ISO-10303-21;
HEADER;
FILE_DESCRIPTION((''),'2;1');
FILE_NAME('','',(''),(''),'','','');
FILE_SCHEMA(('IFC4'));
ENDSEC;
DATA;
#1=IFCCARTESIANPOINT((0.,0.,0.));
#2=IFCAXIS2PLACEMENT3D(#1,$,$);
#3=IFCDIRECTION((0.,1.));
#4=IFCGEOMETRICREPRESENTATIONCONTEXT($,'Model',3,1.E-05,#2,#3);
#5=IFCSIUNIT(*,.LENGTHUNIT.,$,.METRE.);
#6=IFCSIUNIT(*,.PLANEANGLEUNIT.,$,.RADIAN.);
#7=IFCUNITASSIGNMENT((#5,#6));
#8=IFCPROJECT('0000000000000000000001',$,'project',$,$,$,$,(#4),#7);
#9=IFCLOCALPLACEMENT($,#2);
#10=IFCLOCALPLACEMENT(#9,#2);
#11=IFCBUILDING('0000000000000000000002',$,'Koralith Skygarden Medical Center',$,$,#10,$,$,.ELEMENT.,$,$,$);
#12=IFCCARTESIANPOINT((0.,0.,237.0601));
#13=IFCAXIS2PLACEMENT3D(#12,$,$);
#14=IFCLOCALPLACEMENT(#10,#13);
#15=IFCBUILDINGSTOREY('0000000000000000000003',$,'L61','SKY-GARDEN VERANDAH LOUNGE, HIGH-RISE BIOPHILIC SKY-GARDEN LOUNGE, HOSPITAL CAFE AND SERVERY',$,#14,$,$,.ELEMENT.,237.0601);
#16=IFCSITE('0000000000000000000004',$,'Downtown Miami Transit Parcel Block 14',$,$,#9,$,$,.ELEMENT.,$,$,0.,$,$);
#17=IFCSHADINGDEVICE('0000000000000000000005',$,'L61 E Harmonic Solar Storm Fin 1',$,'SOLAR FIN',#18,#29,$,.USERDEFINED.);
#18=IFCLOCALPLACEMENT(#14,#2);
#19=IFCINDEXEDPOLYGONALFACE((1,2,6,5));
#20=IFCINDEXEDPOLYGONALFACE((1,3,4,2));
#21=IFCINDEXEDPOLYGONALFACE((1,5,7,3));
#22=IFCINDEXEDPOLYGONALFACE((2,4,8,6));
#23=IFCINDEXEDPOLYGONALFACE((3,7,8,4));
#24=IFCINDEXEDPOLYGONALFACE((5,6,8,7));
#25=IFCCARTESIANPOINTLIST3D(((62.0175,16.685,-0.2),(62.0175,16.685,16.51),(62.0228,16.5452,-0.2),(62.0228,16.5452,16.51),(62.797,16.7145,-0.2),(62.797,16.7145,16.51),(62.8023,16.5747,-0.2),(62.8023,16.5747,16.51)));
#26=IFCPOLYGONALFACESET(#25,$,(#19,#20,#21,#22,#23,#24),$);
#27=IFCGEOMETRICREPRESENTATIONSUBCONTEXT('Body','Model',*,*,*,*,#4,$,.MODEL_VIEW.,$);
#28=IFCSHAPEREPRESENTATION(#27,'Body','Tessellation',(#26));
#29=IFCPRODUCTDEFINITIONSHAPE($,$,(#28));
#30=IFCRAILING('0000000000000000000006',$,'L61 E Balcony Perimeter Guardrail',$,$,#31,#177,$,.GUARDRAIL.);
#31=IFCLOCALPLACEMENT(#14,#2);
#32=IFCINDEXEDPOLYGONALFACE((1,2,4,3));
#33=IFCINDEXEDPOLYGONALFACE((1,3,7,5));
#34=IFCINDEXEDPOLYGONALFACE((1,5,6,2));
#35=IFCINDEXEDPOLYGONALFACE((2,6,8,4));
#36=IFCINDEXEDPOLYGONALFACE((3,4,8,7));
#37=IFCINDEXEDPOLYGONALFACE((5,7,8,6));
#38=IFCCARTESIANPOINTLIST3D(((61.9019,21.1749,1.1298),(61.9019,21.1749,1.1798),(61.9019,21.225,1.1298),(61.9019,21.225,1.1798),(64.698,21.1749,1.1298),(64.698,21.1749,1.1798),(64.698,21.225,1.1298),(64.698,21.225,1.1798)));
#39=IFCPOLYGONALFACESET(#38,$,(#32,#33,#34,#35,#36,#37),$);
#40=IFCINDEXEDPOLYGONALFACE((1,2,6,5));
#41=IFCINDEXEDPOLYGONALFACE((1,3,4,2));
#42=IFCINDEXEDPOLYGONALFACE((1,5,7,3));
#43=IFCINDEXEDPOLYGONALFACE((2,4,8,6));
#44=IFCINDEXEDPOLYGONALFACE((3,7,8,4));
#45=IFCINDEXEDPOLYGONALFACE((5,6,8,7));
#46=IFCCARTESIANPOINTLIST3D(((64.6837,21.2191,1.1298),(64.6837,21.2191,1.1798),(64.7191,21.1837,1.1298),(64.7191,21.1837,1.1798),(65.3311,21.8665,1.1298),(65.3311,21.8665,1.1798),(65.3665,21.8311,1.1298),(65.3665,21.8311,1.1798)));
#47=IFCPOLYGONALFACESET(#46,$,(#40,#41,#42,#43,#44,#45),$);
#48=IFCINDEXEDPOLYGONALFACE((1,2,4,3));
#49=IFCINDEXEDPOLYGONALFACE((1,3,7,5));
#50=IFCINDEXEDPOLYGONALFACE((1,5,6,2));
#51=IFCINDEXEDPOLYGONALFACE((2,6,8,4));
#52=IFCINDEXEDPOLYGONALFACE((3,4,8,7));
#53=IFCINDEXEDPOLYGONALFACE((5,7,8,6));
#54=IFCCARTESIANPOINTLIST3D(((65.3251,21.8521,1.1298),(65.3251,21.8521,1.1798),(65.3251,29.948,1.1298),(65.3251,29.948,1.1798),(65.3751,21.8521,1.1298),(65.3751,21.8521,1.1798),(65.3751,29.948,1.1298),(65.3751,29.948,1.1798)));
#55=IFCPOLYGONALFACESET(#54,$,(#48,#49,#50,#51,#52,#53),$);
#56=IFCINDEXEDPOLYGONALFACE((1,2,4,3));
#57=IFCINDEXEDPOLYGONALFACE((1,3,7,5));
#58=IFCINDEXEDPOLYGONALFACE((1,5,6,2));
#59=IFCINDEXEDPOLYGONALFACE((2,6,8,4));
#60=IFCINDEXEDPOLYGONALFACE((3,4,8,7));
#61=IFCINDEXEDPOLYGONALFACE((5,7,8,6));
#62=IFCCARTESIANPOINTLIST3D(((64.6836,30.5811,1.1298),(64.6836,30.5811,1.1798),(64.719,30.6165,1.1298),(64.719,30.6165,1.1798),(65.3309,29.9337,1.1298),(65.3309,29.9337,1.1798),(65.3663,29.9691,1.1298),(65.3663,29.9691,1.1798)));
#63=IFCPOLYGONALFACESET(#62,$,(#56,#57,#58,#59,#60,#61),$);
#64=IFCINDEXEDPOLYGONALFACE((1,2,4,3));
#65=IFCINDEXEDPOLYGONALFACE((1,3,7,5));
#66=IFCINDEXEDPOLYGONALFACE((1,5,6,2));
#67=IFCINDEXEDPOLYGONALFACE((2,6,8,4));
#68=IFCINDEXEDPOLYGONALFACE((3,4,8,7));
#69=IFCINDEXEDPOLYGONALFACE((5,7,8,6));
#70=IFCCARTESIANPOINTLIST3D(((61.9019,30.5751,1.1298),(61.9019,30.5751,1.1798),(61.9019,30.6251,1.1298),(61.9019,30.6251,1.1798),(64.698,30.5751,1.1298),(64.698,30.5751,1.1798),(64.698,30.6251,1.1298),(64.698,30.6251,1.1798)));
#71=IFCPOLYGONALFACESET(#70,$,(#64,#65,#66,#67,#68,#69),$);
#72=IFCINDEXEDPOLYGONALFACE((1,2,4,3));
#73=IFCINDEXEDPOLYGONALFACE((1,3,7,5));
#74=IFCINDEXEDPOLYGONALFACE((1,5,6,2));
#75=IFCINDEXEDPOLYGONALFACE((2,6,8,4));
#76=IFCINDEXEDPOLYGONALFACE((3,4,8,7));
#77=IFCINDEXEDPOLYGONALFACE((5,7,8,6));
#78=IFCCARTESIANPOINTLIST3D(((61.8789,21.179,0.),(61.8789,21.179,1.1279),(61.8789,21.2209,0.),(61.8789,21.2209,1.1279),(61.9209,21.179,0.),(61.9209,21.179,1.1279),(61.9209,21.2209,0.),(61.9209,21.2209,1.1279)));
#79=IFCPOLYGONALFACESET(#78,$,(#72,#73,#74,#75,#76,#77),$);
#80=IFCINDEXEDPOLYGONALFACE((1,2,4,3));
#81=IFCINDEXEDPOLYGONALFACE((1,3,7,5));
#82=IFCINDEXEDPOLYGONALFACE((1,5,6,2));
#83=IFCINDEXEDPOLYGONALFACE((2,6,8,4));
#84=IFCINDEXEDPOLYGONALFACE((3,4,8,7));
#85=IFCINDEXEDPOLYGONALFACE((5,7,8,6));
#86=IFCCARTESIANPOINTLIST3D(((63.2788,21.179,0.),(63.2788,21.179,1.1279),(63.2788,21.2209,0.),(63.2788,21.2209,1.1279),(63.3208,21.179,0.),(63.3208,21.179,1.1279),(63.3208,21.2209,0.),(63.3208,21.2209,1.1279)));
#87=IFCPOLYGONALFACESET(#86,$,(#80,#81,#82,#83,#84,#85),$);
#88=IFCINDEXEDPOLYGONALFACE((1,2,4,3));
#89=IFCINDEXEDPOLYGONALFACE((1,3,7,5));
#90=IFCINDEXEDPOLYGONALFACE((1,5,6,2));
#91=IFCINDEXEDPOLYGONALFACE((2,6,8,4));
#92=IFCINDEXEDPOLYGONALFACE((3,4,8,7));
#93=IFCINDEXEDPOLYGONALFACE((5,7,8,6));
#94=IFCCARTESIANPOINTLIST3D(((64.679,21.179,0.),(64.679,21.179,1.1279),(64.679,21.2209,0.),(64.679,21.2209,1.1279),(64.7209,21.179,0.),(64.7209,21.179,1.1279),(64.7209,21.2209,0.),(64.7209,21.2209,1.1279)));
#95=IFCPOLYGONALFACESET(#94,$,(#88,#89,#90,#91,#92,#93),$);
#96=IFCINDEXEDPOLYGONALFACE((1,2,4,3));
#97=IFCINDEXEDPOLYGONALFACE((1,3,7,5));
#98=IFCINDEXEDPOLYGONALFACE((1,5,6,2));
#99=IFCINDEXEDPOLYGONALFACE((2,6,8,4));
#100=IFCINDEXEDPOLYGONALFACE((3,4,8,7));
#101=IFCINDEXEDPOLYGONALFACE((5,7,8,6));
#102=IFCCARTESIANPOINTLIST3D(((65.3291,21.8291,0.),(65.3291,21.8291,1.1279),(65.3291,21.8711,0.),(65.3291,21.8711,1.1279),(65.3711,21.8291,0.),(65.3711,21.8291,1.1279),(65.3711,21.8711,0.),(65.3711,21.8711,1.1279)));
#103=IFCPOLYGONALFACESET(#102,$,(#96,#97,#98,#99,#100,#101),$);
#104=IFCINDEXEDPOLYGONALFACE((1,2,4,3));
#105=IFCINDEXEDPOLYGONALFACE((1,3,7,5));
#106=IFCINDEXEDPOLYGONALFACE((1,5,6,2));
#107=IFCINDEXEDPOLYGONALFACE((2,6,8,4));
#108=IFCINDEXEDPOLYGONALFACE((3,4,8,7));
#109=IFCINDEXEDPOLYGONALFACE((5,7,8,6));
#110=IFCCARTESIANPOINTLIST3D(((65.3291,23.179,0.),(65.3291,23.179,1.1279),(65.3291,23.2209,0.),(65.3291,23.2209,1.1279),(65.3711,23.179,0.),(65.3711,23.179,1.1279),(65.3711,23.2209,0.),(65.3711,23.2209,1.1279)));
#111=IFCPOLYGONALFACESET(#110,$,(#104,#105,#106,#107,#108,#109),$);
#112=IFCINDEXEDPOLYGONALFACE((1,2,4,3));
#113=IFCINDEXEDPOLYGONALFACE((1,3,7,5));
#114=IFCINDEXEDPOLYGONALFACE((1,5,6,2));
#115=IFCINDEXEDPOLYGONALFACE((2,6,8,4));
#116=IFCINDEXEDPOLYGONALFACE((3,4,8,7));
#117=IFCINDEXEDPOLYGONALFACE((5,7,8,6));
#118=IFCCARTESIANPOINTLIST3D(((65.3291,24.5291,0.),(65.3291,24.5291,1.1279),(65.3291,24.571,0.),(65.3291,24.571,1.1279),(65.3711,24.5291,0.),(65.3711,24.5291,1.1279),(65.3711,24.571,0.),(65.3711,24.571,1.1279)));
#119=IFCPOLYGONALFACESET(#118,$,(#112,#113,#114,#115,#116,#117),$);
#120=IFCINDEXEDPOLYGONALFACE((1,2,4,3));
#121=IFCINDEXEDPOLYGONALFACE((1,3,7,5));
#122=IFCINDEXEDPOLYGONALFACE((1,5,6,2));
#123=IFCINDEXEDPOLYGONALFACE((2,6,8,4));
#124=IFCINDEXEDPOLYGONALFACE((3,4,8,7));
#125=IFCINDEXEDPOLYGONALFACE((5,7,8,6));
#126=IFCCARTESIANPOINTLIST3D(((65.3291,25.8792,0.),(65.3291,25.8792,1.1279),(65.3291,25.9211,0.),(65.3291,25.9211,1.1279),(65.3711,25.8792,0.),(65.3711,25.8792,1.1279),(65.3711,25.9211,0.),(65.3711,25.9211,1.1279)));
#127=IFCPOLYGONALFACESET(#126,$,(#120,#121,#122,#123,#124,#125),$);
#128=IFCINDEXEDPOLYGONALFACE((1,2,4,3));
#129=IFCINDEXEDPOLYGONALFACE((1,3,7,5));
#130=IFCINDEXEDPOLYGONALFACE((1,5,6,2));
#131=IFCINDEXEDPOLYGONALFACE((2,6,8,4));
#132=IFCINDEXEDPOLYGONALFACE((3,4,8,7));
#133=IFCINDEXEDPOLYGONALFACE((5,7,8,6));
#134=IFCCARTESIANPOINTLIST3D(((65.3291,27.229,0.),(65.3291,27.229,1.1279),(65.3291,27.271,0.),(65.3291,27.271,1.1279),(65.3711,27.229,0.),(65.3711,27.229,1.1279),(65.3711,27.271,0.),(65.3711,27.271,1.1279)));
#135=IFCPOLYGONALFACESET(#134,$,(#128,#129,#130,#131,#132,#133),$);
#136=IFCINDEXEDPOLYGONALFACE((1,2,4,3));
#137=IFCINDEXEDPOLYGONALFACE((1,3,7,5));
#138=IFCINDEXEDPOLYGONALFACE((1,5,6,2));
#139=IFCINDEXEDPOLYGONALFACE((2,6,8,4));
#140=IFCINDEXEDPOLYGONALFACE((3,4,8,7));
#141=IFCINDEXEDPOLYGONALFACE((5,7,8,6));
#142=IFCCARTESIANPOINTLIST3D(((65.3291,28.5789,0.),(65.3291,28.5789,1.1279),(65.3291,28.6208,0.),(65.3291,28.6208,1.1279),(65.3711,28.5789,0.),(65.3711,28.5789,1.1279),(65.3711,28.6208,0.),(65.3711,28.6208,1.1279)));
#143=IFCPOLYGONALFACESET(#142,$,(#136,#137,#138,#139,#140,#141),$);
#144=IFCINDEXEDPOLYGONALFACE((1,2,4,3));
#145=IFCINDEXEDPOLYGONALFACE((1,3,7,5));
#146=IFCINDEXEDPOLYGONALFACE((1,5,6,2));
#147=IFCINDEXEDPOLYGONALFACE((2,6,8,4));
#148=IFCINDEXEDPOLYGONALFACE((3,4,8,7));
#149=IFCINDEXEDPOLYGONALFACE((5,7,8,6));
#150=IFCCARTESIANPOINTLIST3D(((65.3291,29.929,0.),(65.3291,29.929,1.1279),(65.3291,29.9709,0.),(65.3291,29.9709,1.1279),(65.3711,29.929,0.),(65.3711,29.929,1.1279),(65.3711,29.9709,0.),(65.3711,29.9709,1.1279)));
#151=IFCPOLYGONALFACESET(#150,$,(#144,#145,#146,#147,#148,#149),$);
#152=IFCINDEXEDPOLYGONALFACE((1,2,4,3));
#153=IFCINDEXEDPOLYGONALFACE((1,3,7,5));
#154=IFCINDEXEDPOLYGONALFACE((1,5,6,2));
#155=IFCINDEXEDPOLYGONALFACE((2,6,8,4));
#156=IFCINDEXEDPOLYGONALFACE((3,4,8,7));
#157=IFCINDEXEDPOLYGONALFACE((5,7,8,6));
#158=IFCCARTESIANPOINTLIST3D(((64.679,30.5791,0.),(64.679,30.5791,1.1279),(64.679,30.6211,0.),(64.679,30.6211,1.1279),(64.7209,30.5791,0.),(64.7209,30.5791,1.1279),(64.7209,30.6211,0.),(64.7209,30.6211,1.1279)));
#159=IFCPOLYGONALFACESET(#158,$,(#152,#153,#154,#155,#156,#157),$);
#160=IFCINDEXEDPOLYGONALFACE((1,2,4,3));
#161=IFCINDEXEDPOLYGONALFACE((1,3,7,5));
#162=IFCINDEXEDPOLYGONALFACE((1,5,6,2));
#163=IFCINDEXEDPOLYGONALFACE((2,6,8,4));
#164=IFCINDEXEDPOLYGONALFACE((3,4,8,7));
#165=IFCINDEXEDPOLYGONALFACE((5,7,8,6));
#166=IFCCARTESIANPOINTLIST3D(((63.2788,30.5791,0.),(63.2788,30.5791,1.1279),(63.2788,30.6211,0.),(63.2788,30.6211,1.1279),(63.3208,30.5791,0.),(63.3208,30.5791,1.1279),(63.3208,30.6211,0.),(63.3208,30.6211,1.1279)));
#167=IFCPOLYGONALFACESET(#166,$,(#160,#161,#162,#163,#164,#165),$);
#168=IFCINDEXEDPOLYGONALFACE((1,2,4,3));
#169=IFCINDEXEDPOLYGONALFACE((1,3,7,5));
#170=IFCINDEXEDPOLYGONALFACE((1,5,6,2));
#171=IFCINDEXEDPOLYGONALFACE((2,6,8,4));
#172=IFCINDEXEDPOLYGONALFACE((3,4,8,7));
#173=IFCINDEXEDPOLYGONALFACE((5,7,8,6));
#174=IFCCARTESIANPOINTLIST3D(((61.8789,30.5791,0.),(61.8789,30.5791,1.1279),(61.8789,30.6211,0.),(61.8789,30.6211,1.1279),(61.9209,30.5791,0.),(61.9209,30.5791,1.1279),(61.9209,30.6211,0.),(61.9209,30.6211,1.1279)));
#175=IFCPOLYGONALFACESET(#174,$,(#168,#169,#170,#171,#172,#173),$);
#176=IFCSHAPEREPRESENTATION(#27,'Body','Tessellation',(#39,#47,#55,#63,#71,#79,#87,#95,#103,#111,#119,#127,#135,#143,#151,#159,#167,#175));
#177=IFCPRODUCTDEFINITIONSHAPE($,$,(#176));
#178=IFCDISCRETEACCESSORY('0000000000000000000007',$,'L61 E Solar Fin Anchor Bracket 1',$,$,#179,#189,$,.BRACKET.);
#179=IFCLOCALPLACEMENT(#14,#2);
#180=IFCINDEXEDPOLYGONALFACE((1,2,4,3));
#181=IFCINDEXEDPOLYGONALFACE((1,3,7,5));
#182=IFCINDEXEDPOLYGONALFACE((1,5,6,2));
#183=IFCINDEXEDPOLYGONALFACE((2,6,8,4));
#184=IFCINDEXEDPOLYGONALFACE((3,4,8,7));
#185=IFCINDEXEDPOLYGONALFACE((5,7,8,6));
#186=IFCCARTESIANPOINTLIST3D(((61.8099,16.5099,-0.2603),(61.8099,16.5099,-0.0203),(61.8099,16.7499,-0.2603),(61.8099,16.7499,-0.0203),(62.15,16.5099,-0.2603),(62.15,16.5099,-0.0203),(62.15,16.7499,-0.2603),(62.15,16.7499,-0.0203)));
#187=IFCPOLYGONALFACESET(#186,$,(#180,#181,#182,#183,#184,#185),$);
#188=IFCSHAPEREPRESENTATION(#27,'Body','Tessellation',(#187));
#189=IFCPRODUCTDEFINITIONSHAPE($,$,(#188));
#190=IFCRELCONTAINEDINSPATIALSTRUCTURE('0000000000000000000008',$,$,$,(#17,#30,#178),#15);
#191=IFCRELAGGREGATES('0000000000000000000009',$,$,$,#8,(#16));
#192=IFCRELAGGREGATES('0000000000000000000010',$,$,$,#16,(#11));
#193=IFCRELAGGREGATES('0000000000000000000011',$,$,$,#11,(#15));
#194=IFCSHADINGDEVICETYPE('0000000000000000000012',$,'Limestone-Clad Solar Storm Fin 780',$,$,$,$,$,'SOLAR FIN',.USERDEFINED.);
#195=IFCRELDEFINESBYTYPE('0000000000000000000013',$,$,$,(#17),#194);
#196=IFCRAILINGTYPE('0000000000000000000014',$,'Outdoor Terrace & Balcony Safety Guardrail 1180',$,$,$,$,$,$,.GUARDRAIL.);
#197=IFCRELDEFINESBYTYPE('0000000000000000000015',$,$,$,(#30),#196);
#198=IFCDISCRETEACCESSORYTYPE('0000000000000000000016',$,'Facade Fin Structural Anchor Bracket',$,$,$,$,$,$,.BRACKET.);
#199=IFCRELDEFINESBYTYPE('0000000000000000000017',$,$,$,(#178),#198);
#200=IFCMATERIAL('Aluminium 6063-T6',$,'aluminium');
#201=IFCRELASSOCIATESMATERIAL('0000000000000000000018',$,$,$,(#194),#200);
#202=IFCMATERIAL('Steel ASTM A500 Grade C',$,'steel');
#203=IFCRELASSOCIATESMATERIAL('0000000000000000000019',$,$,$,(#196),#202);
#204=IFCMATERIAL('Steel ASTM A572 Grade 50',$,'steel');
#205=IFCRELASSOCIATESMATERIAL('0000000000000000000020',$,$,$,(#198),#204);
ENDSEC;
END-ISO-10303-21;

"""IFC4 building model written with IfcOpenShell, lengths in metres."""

from ifc_helpers import new_model, si_unit, direction, frame, origin, origin_2d, place, context, subcontext, project, spatial, rectangle, extrude, material, type_object, element, save


model = new_model("IFC4")

# Units and contexts
model_context = context("Model", 3, precision=1e-05, world=origin(), true_north=direction((0.0, 1.0)))
body_context = subcontext(model_context, "Body", "Model", "MODEL_VIEW")
ifc_project = project(units=[si_unit("LENGTHUNIT", "METRE"), si_unit("PLANEANGLEUNIT", "RADIAN")], contexts=[model_context])

# Site, building, storey
site_placement = place(None, origin())
site = spatial("IfcSite", under=ifc_project, at=site_placement, Name="Downtown Miami Transit Parcel Block 14", CompositionType="ELEMENT", RefElevation=0.0)
building_placement = place(site_placement, origin())
building = spatial("IfcBuilding", under=site, at=building_placement, Name="Koralith Skygarden Medical Center", CompositionType="ELEMENT")
storey_placement = place(building_placement, frame((0.0, 0.0, 237.0601)))
storey = spatial("IfcBuildingStorey", under=building, at=storey_placement, Name="L61", Description="SKY-GARDEN VERANDAH LOUNGE, HIGH-RISE BIOPHILIC SKY-GARDEN LOUNGE, HOSPITAL CAFE AND SERVERY", CompositionType="ELEMENT", Elevation=237.0601)

# Shared definitions
ifc_material_1 = material(Name="Aluminium 6063-T6", Category="aluminium")

# Shading device
shading_device_type = type_object("IfcShadingDeviceType", Name="Limestone-Clad Solar Storm Fin 780", ElementType="SOLAR FIN", PredefinedType="USERDEFINED", material=ifc_material_1)
shading_device_placement = place(storey_placement, frame((62.4099, 16.6299, -0.2), z_axis=(0.0, 0.0, 1.0), x_axis=(0.999284, 0.03783, 0.0)))
element("IfcShadingDevice", 1, at=shading_device_placement, inside=storey, type_object=shading_device_type, Name="L61 E Harmonic Solar Storm Fin 1", ObjectType="SOLAR FIN", PredefinedType="USERDEFINED", context=body_context, shape_type="SweptSolid", body=[
    extrude(rectangle(XDim=0.78, YDim=0.1399, at=origin_2d()), origin(), (0.0, 0.0, 1.0), 16.71),
])

# Railing
ifc_material_2 = material(Name="Steel ASTM A500 Grade C", Category="steel")
railing_type = type_object("IfcRailingType", Name="Outdoor Terrace & Balcony Safety Guardrail 1180", PredefinedType="GUARDRAIL", material=ifc_material_2)
railing_placement = place(storey_placement, frame((61.8999, 21.2, 0.0)))
element("IfcRailing", 2, at=railing_placement, inside=storey, type_object=railing_type, Name="L61 E Balcony Perimeter Guardrail", PredefinedType="GUARDRAIL", context=body_context, shape_type="SweptSolid", body=[
    extrude(rectangle(XDim=0.05, YDim=0.05, at=origin_2d()), frame((0.002, 0.0, 1.1548), z_axis=(1.0, 0.0, 0.0), x_axis=(0.0, 1.0, 0.0)), (0.0, 0.0, 1.0), 2.7961),
    extrude(rectangle(XDim=0.05, YDim=0.05, at=origin_2d()), frame((2.8015, 0.0015, 1.1548), z_axis=(0.707107, 0.707107, 0.0), x_axis=(-0.707107, 0.707107, 0.0)), (0.0, 0.0, 1.0), 0.9155),
    extrude(rectangle(XDim=0.05, YDim=0.05, at=origin_2d()), frame((3.4502, 0.6521, 1.1548), z_axis=(0.0, 1.0, 0.0), x_axis=(-1.0, 0.0, 0.0)), (0.0, 0.0, 1.0), 8.0959),
    extrude(rectangle(XDim=0.05, YDim=0.05, at=origin_2d()), frame((3.4487, 8.7515, 1.1548), z_axis=(-0.707107, 0.707107, 0.0), x_axis=(-0.707107, -0.707107, 0.0)), (0.0, 0.0, 1.0), 0.9155),
    extrude(rectangle(XDim=0.05, YDim=0.05, at=origin_2d()), frame((2.7981, 9.4001, 1.1548), z_axis=(-1.0, 0.0, 0.0), x_axis=(0.0, -1.0, 0.0)), (0.0, 0.0, 1.0), 2.7961),
    extrude(rectangle(XDim=0.042, YDim=0.042, at=origin_2d()), origin(), (0.0, 0.0, 1.0), 1.1279),
    extrude(rectangle(XDim=0.042, YDim=0.042, at=origin_2d()), frame((1.3999, 0.0, 0.0)), (0.0, 0.0, 1.0), 1.1279),
    extrude(rectangle(XDim=0.042, YDim=0.042, at=origin_2d()), frame((2.8, 0.0, 0.0)), (0.0, 0.0, 1.0), 1.1279),
    extrude(rectangle(XDim=0.042, YDim=0.042, at=origin_2d()), frame((3.4502, 0.6501, 0.0)), (0.0, 0.0, 1.0), 1.1279),
    extrude(rectangle(XDim=0.042, YDim=0.042, at=origin_2d()), frame((3.4502, 2.0, 0.0)), (0.0, 0.0, 1.0), 1.1279),
    extrude(rectangle(XDim=0.042, YDim=0.042, at=origin_2d()), frame((3.4502, 3.3501, 0.0)), (0.0, 0.0, 1.0), 1.1279),
    extrude(rectangle(XDim=0.042, YDim=0.042, at=origin_2d()), frame((3.4502, 4.7002, 0.0)), (0.0, 0.0, 1.0), 1.1279),
    extrude(rectangle(XDim=0.042, YDim=0.042, at=origin_2d()), frame((3.4502, 6.05, 0.0)), (0.0, 0.0, 1.0), 1.1279),
    extrude(rectangle(XDim=0.042, YDim=0.042, at=origin_2d()), frame((3.4502, 7.3999, 0.0)), (0.0, 0.0, 1.0), 1.1279),
    extrude(rectangle(XDim=0.042, YDim=0.042, at=origin_2d()), frame((3.4502, 8.75, 0.0)), (0.0, 0.0, 1.0), 1.1279),
    extrude(rectangle(XDim=0.042, YDim=0.042, at=origin_2d()), frame((2.8, 9.4001, 0.0)), (0.0, 0.0, 1.0), 1.1279),
    extrude(rectangle(XDim=0.042, YDim=0.042, at=origin_2d()), frame((1.3999, 9.4001, 0.0)), (0.0, 0.0, 1.0), 1.1279),
    extrude(rectangle(XDim=0.042, YDim=0.042, at=origin_2d()), frame((0.0, 9.4001, 0.0)), (0.0, 0.0, 1.0), 1.1279),
])

# Discrete accessory
ifc_material_3 = material(Name="Steel ASTM A572 Grade 50", Category="steel")
discrete_accessory_type = type_object("IfcDiscreteAccessoryType", Name="Facade Fin Structural Anchor Bracket", PredefinedType="BRACKET", material=ifc_material_3)
discrete_accessory_placement = place(storey_placement, frame((61.98, 16.6299, -0.2603), z_axis=(0.0, 0.0, 1.0), x_axis=(1.0, 0.0, 0.0)))
element("IfcDiscreteAccessory", 3, at=discrete_accessory_placement, inside=storey, type_object=discrete_accessory_type, Name="L61 E Solar Fin Anchor Bracket 1", PredefinedType="BRACKET", context=body_context, shape_type="SweptSolid", body=[
    extrude(rectangle(XDim=0.3401, YDim=0.24, at=origin_2d()), origin(), (0.0, 0.0, 1.0), 0.24),
])

save(model, "model.ifc")
